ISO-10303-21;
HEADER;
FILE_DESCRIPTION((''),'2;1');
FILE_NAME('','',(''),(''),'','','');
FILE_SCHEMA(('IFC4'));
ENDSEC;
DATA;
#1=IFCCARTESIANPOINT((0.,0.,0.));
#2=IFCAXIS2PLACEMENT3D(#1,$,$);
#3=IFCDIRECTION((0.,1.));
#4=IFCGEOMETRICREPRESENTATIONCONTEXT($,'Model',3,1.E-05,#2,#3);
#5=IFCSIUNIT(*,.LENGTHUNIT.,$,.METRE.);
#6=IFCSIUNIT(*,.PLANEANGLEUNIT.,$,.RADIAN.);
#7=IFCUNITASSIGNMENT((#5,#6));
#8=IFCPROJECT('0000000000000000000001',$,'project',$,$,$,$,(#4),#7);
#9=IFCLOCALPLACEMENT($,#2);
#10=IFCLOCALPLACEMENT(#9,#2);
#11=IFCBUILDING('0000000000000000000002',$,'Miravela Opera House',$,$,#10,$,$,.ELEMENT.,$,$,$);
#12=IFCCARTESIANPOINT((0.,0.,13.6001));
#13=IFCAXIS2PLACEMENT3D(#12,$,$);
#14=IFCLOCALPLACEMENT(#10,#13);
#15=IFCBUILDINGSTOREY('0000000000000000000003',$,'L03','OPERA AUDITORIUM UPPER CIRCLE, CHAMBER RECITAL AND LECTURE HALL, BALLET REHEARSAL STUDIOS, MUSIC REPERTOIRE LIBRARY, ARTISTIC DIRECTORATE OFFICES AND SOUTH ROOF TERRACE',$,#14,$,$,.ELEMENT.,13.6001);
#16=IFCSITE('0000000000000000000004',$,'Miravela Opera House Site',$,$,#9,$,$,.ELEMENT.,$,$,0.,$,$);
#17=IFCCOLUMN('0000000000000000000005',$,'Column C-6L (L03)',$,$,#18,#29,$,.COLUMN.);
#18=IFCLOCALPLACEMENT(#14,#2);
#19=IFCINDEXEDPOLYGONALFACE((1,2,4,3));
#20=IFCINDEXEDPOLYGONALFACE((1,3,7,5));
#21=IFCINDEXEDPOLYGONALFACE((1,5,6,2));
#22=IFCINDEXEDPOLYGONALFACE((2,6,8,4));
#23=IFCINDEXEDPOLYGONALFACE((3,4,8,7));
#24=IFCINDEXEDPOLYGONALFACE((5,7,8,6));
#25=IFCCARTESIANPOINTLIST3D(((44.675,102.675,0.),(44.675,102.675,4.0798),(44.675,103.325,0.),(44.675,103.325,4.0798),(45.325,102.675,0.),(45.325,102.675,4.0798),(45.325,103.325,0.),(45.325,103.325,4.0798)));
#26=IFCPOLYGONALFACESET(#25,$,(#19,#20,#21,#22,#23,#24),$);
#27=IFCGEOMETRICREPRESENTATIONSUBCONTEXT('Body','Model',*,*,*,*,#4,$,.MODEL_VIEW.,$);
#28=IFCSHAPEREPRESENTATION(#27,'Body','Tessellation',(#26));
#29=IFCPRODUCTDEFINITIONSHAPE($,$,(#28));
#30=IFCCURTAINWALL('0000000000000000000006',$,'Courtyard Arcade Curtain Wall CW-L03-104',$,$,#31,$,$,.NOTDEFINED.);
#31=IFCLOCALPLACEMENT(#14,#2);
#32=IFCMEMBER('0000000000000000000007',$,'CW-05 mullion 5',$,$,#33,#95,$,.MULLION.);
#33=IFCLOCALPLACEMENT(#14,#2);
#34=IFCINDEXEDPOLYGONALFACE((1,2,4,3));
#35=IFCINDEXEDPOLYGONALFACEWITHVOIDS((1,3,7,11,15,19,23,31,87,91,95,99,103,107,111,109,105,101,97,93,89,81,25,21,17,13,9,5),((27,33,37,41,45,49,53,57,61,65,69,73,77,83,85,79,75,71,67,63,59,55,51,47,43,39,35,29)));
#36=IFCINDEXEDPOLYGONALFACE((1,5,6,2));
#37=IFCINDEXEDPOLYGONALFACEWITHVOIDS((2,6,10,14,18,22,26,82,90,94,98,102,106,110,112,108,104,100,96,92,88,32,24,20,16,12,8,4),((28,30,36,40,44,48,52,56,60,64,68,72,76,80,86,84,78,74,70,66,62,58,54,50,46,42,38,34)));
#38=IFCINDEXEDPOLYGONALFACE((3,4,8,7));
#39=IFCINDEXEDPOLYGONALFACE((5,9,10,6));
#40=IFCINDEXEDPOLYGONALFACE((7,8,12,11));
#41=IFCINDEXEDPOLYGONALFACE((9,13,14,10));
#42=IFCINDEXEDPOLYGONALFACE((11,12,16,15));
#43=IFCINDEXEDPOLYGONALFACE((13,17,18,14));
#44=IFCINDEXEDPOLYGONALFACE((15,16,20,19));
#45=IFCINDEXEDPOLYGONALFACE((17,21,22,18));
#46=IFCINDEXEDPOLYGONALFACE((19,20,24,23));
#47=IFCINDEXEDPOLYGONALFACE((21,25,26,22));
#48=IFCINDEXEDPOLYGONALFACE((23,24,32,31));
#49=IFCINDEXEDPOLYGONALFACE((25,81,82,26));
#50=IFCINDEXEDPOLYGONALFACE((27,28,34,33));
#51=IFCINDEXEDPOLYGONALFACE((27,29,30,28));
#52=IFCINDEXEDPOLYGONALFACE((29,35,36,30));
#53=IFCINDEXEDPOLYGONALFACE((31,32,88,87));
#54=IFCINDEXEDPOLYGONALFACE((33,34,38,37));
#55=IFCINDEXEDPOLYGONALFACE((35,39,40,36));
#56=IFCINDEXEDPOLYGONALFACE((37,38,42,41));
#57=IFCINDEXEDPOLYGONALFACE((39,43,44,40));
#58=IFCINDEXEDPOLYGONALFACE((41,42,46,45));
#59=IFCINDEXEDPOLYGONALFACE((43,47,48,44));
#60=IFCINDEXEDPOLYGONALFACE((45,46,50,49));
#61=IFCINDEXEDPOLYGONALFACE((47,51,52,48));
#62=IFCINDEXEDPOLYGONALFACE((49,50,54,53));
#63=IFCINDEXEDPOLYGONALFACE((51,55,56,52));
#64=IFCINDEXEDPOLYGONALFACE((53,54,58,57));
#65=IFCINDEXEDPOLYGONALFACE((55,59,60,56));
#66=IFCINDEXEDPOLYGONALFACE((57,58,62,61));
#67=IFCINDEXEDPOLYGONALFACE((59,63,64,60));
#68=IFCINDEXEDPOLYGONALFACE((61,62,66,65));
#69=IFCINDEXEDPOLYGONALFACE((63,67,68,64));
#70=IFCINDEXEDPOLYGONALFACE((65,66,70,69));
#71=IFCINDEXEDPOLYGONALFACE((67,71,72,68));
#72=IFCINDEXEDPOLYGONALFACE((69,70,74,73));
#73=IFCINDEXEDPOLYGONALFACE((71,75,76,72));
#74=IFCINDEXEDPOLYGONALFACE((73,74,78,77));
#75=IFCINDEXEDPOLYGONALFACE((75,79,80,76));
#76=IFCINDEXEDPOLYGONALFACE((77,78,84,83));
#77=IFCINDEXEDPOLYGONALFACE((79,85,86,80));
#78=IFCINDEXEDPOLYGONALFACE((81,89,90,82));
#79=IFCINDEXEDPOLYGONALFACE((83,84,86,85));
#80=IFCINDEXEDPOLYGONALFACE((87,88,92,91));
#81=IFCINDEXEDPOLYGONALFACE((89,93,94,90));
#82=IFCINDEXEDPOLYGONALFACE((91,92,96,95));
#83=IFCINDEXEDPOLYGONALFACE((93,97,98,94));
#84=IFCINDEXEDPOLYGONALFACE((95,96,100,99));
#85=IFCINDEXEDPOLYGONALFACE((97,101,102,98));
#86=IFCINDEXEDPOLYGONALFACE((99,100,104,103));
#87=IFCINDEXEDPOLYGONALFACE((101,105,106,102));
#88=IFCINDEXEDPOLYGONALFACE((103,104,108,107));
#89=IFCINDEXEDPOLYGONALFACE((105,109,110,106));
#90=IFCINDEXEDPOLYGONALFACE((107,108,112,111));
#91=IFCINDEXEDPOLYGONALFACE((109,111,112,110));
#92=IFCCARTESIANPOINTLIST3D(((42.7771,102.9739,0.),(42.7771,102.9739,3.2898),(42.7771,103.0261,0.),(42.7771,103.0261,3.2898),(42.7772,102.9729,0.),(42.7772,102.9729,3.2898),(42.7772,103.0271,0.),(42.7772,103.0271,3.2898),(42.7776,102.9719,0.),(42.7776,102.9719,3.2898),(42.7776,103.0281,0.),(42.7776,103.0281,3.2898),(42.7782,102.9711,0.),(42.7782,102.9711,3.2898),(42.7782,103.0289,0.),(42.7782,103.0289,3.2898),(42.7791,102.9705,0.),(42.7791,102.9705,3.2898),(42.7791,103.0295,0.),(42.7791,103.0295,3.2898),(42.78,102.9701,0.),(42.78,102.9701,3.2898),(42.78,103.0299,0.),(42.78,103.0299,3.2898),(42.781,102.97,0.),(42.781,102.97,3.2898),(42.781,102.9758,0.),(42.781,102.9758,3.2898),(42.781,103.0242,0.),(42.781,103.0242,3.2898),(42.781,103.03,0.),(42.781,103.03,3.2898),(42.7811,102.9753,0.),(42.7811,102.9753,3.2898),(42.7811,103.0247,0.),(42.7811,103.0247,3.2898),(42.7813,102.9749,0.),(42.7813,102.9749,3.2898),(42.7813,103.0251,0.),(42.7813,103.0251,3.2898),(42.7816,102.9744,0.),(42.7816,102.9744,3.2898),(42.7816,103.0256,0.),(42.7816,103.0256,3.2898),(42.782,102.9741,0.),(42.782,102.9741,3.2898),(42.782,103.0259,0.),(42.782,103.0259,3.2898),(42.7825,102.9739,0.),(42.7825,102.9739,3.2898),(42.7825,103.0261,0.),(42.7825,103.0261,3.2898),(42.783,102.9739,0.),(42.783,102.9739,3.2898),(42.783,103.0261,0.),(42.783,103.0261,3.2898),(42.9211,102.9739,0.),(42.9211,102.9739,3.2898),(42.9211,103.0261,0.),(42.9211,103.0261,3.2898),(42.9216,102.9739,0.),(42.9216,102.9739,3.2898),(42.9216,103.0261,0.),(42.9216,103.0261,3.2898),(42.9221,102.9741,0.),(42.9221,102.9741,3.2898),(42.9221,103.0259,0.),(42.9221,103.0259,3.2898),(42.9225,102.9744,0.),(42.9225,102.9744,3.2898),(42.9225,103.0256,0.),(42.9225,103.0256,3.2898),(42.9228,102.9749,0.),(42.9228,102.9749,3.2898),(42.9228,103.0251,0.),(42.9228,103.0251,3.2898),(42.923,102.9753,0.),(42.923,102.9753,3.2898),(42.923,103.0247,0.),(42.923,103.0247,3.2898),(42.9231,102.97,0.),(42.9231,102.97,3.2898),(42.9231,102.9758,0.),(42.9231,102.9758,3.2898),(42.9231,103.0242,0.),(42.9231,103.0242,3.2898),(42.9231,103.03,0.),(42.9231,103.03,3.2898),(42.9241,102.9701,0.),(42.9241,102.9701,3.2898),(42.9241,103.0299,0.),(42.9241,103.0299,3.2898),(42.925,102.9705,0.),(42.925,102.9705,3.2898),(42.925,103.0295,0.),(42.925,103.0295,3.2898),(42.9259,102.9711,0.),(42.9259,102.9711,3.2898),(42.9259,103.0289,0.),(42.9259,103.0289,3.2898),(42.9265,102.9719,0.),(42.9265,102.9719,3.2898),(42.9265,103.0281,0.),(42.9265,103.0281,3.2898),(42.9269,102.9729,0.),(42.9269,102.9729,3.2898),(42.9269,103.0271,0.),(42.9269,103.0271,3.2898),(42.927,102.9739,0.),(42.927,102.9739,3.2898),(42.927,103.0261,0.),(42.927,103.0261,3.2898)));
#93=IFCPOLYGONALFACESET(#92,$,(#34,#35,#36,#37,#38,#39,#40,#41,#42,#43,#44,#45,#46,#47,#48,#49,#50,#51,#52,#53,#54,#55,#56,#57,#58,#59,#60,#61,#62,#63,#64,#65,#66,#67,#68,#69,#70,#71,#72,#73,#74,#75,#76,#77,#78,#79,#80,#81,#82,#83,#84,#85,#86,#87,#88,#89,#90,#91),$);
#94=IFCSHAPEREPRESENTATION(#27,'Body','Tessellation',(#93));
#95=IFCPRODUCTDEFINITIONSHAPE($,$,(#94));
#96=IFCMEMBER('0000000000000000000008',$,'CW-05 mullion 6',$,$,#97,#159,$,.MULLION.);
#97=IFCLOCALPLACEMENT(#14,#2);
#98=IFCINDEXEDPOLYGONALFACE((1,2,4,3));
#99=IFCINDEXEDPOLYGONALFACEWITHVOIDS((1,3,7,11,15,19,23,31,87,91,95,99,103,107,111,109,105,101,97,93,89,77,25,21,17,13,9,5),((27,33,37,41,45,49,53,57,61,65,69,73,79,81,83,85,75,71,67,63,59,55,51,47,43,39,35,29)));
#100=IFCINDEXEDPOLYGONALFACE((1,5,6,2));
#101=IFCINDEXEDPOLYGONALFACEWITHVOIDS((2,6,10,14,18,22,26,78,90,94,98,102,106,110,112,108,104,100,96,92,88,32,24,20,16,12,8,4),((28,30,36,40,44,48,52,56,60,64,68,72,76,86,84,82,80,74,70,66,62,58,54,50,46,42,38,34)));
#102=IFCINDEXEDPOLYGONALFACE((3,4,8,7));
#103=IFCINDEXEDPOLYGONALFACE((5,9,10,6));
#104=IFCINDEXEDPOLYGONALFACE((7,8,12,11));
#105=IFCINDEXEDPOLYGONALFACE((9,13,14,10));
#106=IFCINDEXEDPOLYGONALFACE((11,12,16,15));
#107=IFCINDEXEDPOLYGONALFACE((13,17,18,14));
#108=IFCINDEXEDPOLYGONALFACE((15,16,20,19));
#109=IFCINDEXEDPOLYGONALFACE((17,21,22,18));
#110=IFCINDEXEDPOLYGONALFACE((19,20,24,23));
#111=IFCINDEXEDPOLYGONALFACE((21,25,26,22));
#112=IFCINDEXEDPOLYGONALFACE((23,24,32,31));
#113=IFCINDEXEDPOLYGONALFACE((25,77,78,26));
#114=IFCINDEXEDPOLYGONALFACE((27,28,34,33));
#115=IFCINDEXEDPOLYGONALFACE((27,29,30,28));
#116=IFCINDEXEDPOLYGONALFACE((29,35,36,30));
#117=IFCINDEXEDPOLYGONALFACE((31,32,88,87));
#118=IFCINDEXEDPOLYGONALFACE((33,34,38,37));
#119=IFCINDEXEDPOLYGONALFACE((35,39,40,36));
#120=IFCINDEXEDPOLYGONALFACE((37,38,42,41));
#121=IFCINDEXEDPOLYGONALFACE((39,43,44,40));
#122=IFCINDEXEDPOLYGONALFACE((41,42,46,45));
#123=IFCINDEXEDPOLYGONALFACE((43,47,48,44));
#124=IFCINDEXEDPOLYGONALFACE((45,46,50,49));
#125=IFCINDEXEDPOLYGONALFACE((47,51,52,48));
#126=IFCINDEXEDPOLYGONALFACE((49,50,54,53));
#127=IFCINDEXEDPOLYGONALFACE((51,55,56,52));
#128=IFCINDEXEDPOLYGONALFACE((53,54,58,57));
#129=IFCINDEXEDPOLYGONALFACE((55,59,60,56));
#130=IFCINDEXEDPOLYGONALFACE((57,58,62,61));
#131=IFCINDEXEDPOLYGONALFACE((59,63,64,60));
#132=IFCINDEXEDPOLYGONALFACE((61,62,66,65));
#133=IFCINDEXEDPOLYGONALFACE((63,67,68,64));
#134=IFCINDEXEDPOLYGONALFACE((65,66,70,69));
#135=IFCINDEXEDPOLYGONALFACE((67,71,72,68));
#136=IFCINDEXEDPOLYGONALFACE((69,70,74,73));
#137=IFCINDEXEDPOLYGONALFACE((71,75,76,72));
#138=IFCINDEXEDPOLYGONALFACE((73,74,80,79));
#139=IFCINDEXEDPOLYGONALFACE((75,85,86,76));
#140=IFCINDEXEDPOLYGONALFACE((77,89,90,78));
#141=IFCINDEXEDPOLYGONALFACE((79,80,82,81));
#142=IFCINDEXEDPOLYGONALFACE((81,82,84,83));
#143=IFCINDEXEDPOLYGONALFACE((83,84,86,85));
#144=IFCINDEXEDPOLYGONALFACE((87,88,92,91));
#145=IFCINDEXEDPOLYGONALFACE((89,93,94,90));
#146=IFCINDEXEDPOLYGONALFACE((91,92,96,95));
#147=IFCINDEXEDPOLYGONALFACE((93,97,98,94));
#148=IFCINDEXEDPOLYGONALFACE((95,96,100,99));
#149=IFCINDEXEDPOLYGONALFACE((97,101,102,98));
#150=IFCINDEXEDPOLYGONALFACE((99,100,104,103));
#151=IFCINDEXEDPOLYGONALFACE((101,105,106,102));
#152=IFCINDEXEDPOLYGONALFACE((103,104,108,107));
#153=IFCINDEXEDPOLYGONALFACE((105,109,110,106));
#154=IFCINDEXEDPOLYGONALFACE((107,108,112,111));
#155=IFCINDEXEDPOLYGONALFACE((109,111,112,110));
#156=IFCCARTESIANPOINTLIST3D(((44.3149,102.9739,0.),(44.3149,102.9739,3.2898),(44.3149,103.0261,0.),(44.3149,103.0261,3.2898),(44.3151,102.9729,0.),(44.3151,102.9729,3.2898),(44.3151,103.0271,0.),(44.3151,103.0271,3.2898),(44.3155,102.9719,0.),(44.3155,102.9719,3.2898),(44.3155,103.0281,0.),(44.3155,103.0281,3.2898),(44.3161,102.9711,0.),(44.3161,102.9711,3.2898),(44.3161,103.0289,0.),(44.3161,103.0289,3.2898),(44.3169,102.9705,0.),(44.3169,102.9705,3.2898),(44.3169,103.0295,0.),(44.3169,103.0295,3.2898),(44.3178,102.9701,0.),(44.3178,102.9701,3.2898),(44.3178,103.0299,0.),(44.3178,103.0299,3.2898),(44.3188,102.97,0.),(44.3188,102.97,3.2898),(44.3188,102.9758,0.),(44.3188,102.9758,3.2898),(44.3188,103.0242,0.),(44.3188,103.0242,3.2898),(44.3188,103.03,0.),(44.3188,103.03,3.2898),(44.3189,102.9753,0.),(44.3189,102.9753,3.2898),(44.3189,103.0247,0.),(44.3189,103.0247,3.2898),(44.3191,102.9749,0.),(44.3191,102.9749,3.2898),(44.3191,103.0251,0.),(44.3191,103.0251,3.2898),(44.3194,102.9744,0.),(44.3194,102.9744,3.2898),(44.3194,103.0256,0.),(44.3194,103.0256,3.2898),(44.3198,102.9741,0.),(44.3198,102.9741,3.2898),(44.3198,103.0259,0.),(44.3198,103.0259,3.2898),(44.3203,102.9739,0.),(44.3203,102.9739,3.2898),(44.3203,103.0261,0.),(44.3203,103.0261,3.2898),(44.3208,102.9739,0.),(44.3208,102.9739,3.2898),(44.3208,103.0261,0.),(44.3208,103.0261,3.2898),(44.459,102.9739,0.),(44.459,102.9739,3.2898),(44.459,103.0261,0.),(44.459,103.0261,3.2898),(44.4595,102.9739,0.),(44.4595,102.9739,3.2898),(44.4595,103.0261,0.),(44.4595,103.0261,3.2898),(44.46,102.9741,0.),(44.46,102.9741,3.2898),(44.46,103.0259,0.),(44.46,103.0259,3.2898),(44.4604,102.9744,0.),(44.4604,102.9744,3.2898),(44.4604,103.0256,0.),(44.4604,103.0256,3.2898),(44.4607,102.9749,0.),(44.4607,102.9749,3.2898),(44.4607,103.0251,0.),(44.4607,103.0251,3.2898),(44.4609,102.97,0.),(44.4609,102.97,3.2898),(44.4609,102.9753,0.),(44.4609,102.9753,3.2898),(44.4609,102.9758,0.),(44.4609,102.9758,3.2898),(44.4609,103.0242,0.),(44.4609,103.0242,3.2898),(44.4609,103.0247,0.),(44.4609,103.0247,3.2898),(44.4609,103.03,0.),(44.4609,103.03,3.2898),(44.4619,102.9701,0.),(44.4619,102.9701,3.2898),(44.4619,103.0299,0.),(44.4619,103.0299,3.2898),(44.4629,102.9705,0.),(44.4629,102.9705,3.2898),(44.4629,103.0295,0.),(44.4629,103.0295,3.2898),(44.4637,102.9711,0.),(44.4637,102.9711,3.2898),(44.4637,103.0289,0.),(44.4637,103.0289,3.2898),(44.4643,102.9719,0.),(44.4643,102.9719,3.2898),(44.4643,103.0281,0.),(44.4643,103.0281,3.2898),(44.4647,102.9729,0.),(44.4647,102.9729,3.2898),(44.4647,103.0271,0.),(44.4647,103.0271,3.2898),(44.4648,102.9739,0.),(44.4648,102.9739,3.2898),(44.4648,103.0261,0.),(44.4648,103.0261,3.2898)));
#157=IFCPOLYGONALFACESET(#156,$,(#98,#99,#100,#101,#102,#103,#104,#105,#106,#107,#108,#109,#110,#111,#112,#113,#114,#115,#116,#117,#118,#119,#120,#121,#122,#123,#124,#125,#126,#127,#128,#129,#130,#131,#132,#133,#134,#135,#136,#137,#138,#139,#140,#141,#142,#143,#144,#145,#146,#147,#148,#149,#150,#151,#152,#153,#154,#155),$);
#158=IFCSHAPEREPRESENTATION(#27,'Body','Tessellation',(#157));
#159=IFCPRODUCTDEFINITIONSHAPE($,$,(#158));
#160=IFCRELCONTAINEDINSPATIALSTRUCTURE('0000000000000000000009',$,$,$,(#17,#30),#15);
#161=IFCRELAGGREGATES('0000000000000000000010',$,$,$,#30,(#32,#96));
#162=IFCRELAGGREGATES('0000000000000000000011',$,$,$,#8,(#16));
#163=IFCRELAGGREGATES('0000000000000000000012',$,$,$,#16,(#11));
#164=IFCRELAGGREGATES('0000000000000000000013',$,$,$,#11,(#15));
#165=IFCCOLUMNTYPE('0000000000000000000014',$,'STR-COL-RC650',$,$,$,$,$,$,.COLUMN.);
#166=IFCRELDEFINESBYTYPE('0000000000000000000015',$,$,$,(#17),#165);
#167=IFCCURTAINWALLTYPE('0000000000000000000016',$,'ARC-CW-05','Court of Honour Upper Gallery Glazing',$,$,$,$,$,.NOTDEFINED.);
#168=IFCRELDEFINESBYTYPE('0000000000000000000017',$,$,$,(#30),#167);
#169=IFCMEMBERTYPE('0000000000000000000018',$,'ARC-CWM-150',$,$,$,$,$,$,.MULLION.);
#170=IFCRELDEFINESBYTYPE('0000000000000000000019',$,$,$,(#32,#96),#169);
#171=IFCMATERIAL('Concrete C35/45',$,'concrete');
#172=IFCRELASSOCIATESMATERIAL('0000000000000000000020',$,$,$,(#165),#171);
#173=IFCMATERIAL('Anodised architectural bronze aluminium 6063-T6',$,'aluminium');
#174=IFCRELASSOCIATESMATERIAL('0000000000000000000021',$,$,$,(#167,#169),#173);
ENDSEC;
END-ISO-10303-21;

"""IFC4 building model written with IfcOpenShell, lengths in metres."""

from ifc_helpers import new_model, si_unit, direction, frame, origin, origin_2d, place, context, subcontext, project, spatial, rectangle, hollow_rectangle, extrude, material, material_profile, profile_set, type_object, element, aggregate, save


model = new_model("IFC4")

# Units and contexts
model_context = context("Model", 3, precision=1e-05, world=origin(), true_north=direction((0.0, 1.0)))
body_context = subcontext(model_context, "Body", "Model", "MODEL_VIEW")
ifc_project = project(units=[si_unit("LENGTHUNIT", "METRE"), si_unit("PLANEANGLEUNIT", "RADIAN")], contexts=[model_context])

# Site, building, storey
site_placement = place(None, origin())
site = spatial("IfcSite", under=ifc_project, at=site_placement, Name="Miravela Opera House Site", CompositionType="ELEMENT", RefElevation=0.0)
building_placement = place(site_placement, origin())
building = spatial("IfcBuilding", under=site, at=building_placement, Name="Miravela Opera House", CompositionType="ELEMENT")
storey_placement = place(building_placement, frame((0.0, 0.0, 13.6001)))
storey = spatial("IfcBuildingStorey", under=building, at=storey_placement, Name="L03", Description="OPERA AUDITORIUM UPPER CIRCLE, CHAMBER RECITAL AND LECTURE HALL, BALLET REHEARSAL STUDIOS, MUSIC REPERTOIRE LIBRARY, ARTISTIC DIRECTORATE OFFICES AND SOUTH ROOF TERRACE", CompositionType="ELEMENT", Elevation=13.6001)

# Column
ifc_material_1 = material(Name="Concrete C35/45", Category="concrete")
ifc_material_profile_1 = material_profile(ifc_material_1, rectangle(XDim=0.6499, YDim=0.6499, at=origin_2d()), Name="RC-COL-650X650")
ifc_profile_set_1 = profile_set([ifc_material_profile_1])
column_type = type_object("IfcColumnType", Name="STR-COL-RC650", PredefinedType="COLUMN", material=ifc_profile_set_1)
column_placement = place(storey_placement, frame((45.0, 103.0, 0.0), z_axis=(0.0, 0.0, 1.0), x_axis=(1.0, 0.0, 0.0)))
element("IfcColumn", 1, at=column_placement, inside=storey, type_object=column_type, Name="Column C-6L (L03)", PredefinedType="COLUMN", context=body_context, shape_type="SweptSolid", body=[
    extrude(rectangle(XDim=0.6499, YDim=0.6499, at=origin_2d()), origin(), (0.0, 0.0, 1.0), 4.0798),
])

# Curtain wall, members
ifc_material_2 = material(Name="Anodised architectural bronze aluminium 6063-T6", Category="aluminium")
curtain_wall_type = type_object("IfcCurtainWallType", Name="ARC-CW-05", Description="Court of Honour Upper Gallery Glazing", PredefinedType="NOTDEFINED", material=ifc_material_2)
curtain_wall_1_placement = place(storey_placement, origin())
curtain_wall_1 = element("IfcCurtainWall", 2, at=curtain_wall_1_placement, inside=storey, type_object=curtain_wall_type, Name="Courtyard Arcade Curtain Wall CW-L03-104", PredefinedType="NOTDEFINED")
ifc_material_profile_2 = material_profile(ifc_material_2, hollow_rectangle(XDim=0.0601, YDim=0.1499, WallThickness=0.0039, InnerFilletRadius=0.002, OuterFilletRadius=0.0039, at=origin_2d()), Name="CWM-60X150")
ifc_profile_set_2 = profile_set([ifc_material_profile_2])
member_type_1 = type_object("IfcMemberType", Name="ARC-CWM-150", PredefinedType="MULLION", material=ifc_profile_set_2)
member_1_placement = place(storey_placement, frame((42.8521, 103.0, 0.0), z_axis=(0.0, 0.0, 1.0), x_axis=(0.0, 1.0, 0.0)))
member_1 = element("IfcMember", 3, at=member_1_placement, type_object=member_type_1, Name="CW-05 mullion 5", PredefinedType="MULLION", context=body_context, shape_type="SweptSolid", body=[
    extrude(hollow_rectangle(XDim=0.0601, YDim=0.1499, WallThickness=0.0039, InnerFilletRadius=0.002, OuterFilletRadius=0.0039, at=origin_2d()), origin(), (0.0, 0.0, 1.0), 3.2898),
])
member_2_placement = place(storey_placement, frame((44.3899, 103.0, 0.0), z_axis=(0.0, 0.0, 1.0), x_axis=(0.0, 1.0, 0.0)))
member_2 = element("IfcMember", 4, at=member_2_placement, type_object=member_type_1, Name="CW-05 mullion 6", PredefinedType="MULLION", context=body_context, shape_type="SweptSolid", body=[
    extrude(hollow_rectangle(XDim=0.0601, YDim=0.1499, WallThickness=0.0039, InnerFilletRadius=0.002, OuterFilletRadius=0.0039, at=origin_2d()), origin(), (0.0, 0.0, 1.0), 3.2898),
])

aggregate(curtain_wall_1, [member_1, member_2])

save(model, "model.ifc")
